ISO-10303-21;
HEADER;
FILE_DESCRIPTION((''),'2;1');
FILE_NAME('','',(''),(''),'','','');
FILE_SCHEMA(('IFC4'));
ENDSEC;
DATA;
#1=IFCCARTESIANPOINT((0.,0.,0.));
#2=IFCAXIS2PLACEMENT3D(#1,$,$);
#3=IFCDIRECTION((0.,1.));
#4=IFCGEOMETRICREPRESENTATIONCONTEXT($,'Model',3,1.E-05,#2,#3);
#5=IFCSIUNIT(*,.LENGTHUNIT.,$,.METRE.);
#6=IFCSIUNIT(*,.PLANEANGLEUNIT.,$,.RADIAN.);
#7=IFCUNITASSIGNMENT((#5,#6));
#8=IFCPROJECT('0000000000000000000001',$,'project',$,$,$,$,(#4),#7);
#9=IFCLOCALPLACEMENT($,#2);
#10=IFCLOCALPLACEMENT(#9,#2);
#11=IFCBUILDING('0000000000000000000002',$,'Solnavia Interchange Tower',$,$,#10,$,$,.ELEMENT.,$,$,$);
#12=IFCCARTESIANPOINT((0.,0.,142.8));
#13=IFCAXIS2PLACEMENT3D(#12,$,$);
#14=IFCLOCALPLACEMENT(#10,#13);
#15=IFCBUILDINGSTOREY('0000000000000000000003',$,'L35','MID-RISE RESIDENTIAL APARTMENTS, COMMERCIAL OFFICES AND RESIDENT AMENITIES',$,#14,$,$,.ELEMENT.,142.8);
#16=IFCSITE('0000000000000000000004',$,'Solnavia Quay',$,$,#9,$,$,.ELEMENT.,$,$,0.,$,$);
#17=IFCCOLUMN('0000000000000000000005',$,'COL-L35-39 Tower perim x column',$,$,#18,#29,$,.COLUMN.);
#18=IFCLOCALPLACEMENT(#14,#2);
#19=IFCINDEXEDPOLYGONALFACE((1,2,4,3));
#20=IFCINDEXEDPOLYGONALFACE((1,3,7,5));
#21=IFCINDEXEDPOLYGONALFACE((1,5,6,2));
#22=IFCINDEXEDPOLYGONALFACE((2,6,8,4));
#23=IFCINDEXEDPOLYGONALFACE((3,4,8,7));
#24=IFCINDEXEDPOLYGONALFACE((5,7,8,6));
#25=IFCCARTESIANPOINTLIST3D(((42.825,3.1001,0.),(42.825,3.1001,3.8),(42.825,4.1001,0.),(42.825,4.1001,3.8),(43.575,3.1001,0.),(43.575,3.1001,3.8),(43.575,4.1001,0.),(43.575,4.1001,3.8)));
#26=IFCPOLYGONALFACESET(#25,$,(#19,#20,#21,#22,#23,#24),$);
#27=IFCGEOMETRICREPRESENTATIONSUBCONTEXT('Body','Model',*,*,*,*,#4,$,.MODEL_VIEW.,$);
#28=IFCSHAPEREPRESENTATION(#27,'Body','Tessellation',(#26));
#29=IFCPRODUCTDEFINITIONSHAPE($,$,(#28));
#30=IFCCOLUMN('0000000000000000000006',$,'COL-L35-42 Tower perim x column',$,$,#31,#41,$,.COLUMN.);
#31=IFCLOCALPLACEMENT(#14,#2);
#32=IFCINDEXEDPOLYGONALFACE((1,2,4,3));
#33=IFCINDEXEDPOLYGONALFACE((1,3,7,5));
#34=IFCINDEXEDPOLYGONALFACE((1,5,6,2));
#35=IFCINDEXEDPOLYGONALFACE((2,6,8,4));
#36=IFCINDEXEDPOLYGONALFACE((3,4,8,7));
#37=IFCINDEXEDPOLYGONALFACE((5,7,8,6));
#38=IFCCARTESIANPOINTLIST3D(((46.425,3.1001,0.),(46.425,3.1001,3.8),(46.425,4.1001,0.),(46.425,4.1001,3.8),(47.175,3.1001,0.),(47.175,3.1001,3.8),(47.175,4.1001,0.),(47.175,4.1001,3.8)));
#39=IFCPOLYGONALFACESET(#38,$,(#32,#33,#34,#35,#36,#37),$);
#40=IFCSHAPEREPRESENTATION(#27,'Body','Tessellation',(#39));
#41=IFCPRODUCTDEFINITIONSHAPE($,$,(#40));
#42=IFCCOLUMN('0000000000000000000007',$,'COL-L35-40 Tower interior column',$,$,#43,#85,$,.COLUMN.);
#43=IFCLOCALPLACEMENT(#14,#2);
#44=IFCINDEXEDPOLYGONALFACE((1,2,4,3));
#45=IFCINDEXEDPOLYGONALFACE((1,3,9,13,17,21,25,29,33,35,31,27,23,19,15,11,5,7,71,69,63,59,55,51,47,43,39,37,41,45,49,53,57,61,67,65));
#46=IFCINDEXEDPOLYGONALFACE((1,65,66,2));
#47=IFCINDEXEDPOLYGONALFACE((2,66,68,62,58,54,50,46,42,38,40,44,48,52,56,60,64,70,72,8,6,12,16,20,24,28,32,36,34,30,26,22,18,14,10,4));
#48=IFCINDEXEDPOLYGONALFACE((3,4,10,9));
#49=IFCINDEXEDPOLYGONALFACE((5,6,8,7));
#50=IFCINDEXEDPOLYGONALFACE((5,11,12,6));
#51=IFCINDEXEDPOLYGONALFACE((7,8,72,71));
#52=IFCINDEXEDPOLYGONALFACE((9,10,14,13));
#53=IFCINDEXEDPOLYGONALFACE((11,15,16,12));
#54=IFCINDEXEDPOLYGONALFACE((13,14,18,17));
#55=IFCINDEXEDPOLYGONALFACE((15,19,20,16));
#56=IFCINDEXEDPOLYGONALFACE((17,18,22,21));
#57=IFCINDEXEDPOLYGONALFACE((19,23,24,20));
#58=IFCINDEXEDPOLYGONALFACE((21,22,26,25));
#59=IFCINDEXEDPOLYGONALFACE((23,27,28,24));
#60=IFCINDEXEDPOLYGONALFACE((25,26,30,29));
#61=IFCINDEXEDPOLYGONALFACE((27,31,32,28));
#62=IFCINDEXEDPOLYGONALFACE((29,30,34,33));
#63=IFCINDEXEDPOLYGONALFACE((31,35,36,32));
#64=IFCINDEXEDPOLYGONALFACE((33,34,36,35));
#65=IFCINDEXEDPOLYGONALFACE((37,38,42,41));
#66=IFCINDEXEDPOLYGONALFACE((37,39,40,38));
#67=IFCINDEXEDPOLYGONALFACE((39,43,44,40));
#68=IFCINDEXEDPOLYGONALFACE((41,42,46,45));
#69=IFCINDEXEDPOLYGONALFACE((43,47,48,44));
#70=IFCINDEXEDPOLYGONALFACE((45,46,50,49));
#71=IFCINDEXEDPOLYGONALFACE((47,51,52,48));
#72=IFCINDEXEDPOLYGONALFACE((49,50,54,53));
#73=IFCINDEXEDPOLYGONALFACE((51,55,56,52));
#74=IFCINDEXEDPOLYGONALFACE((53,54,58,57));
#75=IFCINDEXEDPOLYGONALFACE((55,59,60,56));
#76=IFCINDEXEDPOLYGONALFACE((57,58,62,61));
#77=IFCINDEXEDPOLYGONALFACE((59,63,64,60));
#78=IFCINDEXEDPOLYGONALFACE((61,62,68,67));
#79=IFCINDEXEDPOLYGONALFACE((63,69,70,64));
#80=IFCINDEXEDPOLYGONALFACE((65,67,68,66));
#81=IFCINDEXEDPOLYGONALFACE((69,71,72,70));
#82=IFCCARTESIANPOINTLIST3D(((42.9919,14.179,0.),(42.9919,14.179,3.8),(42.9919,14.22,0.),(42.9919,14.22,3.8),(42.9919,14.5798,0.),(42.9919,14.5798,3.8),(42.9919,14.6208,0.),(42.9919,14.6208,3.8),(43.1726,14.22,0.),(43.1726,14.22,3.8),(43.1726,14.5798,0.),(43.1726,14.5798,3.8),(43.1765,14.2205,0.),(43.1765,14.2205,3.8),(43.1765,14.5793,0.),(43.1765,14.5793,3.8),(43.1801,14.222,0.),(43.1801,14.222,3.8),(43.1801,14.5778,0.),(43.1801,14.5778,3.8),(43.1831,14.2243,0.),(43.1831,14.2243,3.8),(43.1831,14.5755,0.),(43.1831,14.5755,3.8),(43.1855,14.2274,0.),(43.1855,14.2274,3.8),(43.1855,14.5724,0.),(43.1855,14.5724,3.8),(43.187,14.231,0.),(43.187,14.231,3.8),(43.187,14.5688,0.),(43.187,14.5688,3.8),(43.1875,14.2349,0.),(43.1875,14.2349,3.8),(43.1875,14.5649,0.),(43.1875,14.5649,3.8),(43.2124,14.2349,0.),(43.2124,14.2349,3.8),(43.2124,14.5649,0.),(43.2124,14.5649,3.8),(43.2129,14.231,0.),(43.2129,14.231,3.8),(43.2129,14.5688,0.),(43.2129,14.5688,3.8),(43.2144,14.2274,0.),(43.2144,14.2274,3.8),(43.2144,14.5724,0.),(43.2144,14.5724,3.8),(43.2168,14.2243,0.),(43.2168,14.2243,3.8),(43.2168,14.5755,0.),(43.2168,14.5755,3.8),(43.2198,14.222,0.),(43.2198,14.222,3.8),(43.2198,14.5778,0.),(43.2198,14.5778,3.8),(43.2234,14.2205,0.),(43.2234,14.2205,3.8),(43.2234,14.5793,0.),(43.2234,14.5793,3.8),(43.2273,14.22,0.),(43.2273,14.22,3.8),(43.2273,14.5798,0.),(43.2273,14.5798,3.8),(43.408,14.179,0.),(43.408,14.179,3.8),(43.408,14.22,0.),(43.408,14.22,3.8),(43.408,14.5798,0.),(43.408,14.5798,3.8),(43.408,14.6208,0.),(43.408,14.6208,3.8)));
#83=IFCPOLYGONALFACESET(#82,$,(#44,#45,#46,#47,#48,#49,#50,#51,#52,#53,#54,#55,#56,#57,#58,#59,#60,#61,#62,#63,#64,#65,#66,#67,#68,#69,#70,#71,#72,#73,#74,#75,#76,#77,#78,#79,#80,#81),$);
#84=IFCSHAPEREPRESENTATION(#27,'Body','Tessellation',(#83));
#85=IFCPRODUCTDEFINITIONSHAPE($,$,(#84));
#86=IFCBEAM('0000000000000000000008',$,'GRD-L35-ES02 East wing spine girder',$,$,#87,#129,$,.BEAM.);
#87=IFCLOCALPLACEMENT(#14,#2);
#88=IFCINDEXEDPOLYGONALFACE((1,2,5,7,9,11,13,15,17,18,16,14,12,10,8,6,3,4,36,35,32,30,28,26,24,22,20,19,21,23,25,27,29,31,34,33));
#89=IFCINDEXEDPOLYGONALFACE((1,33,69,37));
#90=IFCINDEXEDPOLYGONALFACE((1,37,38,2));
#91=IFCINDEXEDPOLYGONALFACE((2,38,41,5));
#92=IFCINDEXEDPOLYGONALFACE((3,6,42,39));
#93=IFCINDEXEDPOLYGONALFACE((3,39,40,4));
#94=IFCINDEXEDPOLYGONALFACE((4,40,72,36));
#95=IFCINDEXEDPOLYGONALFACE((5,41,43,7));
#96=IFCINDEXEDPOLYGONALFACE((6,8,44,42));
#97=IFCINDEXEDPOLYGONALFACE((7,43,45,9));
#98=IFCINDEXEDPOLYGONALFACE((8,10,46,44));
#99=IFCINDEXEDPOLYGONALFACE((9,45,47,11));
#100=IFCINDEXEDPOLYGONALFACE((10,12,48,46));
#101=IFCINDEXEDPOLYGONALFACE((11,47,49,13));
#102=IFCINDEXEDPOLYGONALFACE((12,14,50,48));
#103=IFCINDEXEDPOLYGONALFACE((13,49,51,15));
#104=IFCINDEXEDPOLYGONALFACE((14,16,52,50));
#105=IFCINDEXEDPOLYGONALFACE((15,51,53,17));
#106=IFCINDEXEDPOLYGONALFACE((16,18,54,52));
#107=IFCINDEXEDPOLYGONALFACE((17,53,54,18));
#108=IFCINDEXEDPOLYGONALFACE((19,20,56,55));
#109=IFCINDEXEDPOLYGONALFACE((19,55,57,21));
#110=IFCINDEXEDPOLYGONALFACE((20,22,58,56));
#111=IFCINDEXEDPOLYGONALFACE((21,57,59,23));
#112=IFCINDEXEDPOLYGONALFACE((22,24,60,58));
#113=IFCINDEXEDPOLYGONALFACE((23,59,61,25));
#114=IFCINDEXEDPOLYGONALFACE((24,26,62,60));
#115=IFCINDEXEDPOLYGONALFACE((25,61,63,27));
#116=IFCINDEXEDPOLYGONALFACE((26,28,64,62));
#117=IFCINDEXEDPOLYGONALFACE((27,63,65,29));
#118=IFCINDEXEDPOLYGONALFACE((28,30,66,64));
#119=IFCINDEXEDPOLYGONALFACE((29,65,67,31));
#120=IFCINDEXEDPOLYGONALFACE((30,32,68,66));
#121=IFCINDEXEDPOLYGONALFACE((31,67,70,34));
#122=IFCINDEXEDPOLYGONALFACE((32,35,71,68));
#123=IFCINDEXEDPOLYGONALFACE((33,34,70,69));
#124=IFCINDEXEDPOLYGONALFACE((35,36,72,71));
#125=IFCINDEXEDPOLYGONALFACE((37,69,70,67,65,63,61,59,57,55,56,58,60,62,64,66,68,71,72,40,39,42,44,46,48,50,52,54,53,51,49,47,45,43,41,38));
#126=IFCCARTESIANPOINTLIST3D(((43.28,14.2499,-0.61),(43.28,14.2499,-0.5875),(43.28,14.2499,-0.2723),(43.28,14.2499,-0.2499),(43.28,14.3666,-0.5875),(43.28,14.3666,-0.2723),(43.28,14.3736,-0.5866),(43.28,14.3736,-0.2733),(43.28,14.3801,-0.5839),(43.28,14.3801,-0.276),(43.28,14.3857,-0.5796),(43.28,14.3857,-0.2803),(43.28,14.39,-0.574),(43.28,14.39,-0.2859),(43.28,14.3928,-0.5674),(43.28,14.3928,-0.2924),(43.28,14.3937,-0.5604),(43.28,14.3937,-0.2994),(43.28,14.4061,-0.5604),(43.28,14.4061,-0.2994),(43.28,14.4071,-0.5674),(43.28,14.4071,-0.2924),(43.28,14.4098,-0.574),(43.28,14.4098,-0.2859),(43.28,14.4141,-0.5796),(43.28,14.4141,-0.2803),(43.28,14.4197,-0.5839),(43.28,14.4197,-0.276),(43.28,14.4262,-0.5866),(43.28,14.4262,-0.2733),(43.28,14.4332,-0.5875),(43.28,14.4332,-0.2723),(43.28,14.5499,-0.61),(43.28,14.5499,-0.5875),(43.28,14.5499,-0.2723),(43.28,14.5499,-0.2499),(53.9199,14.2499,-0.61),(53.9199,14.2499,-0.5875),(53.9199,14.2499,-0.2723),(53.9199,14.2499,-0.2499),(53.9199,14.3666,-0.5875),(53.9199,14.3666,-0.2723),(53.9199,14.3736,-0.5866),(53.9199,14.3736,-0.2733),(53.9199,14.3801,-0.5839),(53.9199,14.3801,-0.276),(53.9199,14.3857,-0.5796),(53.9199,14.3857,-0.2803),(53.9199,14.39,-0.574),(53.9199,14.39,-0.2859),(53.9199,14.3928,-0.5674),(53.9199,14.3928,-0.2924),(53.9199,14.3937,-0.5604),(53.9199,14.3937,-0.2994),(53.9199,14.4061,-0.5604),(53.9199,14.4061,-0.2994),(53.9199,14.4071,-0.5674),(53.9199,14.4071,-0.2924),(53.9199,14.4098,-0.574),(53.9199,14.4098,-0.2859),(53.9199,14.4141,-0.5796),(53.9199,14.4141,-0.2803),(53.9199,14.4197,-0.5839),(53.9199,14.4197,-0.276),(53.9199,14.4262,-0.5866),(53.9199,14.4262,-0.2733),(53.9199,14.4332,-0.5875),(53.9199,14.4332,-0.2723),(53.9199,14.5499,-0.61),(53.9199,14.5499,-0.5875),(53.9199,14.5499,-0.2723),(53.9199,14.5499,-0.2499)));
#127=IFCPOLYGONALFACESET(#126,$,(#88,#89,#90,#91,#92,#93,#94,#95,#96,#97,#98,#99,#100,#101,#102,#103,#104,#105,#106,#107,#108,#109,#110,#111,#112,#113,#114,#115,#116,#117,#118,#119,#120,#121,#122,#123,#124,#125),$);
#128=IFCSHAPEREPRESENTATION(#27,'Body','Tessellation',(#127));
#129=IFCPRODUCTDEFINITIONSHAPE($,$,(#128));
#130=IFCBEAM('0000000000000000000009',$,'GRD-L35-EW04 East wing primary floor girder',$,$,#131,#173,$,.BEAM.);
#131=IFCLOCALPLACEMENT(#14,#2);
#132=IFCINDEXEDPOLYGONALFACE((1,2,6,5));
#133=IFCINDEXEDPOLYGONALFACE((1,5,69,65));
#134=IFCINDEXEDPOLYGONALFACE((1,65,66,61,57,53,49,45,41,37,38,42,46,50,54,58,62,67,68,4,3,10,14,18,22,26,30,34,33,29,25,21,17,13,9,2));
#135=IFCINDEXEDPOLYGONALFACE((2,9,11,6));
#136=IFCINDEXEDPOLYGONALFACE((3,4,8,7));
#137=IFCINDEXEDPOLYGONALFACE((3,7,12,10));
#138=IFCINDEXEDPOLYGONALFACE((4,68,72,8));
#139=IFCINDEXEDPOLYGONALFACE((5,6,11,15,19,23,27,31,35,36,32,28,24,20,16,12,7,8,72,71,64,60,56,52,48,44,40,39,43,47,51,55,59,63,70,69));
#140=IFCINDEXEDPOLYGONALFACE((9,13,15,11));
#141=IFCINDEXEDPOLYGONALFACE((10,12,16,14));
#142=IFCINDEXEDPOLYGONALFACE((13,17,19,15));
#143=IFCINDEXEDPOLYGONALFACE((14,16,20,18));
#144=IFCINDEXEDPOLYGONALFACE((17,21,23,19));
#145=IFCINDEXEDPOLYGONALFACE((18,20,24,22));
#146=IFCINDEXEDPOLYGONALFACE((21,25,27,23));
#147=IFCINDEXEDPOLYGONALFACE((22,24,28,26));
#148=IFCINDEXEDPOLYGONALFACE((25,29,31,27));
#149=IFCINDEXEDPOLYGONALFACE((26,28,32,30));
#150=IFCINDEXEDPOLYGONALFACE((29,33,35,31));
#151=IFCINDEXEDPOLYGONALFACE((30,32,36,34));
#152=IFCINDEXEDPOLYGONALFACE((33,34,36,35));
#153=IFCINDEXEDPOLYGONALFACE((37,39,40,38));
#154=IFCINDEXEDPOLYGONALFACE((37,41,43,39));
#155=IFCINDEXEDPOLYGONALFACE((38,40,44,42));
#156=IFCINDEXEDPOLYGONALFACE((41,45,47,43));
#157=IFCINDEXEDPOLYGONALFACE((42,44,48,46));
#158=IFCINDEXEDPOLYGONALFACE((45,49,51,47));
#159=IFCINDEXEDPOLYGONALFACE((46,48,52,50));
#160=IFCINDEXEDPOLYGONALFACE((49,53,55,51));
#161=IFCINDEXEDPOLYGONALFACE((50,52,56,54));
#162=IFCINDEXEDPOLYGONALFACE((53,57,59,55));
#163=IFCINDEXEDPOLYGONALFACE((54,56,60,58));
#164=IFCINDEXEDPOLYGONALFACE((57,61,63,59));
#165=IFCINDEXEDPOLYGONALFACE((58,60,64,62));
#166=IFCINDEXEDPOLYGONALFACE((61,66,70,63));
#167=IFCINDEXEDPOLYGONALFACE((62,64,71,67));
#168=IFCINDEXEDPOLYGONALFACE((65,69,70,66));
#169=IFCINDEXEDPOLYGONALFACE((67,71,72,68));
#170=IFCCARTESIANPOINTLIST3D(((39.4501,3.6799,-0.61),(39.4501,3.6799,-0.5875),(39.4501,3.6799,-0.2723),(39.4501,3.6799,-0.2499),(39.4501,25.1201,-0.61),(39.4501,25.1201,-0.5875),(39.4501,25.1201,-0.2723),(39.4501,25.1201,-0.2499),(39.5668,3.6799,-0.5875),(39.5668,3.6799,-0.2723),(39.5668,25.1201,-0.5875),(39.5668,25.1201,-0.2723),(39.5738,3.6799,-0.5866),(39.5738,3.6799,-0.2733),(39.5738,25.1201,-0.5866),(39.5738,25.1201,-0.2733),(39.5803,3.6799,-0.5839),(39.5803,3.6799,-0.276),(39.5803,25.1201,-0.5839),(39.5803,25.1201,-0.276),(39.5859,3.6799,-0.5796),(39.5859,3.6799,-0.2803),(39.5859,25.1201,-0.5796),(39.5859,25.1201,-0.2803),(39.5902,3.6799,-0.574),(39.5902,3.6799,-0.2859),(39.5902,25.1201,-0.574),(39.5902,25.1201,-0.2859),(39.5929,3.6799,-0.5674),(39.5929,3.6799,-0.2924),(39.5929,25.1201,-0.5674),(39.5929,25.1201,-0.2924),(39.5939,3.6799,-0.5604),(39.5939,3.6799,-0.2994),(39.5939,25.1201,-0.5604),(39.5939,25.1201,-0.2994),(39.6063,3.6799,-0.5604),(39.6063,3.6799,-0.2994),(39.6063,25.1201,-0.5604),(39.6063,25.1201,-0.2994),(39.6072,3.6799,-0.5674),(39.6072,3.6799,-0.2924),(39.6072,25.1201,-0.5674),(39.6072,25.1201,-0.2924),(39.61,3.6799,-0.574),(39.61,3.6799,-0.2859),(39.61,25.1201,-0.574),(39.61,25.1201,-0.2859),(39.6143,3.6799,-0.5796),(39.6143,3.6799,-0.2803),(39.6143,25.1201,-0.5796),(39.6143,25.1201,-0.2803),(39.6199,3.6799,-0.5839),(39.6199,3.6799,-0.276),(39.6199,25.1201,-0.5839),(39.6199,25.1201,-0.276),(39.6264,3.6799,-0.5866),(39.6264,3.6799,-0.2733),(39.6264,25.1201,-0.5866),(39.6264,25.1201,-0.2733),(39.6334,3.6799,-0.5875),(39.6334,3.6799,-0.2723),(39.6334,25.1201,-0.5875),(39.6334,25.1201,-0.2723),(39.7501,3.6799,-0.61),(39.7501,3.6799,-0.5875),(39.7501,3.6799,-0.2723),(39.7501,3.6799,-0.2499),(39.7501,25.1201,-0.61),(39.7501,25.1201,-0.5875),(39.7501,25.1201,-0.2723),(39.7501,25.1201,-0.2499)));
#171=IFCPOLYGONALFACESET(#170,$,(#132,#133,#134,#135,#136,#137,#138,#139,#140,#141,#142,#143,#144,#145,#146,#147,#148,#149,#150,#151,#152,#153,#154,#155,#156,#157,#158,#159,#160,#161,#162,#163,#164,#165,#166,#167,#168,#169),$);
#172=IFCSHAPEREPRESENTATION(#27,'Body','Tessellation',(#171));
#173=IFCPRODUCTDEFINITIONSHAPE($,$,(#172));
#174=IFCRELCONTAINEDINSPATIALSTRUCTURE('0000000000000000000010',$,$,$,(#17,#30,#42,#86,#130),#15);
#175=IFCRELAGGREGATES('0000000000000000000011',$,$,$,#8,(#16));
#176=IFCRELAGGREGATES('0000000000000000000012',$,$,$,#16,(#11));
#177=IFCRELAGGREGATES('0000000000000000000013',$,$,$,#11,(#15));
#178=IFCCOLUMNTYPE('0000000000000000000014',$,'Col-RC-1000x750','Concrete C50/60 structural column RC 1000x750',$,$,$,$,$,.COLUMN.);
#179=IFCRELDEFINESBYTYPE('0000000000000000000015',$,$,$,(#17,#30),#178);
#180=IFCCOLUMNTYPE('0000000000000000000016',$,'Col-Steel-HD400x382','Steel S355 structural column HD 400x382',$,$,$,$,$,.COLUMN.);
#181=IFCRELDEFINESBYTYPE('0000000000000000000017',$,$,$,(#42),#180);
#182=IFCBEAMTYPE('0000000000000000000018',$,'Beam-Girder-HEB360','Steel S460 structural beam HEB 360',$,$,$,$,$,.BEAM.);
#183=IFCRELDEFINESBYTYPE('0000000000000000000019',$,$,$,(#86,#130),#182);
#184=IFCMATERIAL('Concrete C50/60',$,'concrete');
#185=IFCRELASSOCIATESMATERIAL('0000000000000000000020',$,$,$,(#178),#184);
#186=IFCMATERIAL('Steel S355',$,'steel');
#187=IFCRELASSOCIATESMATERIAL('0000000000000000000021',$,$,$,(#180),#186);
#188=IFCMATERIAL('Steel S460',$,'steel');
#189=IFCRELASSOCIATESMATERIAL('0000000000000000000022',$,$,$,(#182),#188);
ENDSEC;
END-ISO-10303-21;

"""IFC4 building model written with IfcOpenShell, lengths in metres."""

from ifc_helpers import new_model, si_unit, direction, frame, origin, origin_2d, place, context, subcontext, project, spatial, rectangle, i_section, extrude, material, material_profile, profile_set, type_object, element, save


model = new_model("IFC4")

# Units and contexts
model_context = context("Model", 3, precision=1e-05, world=origin(), true_north=direction((0.0, 1.0)))
body_context = subcontext(model_context, "Body", "Model", "MODEL_VIEW")
ifc_project = project(units=[si_unit("LENGTHUNIT", "METRE"), si_unit("PLANEANGLEUNIT", "RADIAN")], contexts=[model_context])

# Site, building, storey
site_placement = place(None, origin())
site = spatial("IfcSite", under=ifc_project, at=site_placement, Name="Solnavia Quay", CompositionType="ELEMENT", RefElevation=0.0)
building_placement = place(site_placement, origin())
building = spatial("IfcBuilding", under=site, at=building_placement, Name="Solnavia Interchange Tower", CompositionType="ELEMENT")
storey_placement = place(building_placement, frame((0.0, 0.0, 142.8)))
storey = spatial("IfcBuildingStorey", under=building, at=storey_placement, Name="L35", Description="MID-RISE RESIDENTIAL APARTMENTS, COMMERCIAL OFFICES AND RESIDENT AMENITIES", CompositionType="ELEMENT", Elevation=142.8)

# Columns
ifc_material_1 = material(Name="Concrete C50/60", Category="concrete")
ifc_material_profile_1 = material_profile(ifc_material_1, rectangle(XDim=0.75, YDim=1.0, at=origin_2d()), Name="RC 1000x750")
ifc_profile_set_1 = profile_set([ifc_material_profile_1], Name="Concrete C50/60")
column_type_1 = type_object("IfcColumnType", Name="Col-RC-1000x750", Description="Concrete C50/60 structural column RC 1000x750", PredefinedType="COLUMN", material=ifc_profile_set_1)
for number, where, z_axis, x_axis, name in (
    (1, (43.2, 3.6001, 0.0), (0.0, 0.0, 1.0), (1.0, 0.0, 0.0), "COL-L35-39 Tower perim x column"),
    (2, (46.8, 3.6001, 0.0), (0.0, 0.0, 1.0), (1.0, 0.0, 0.0), "COL-L35-42 Tower perim x column"),
):
    element("IfcColumn", number, at=place(storey_placement, frame(where, z_axis=z_axis, x_axis=x_axis)), inside=storey, type_object=column_type_1, Name=name, PredefinedType="COLUMN", context=body_context, shape_type="SweptSolid", body=[
        extrude(rectangle(XDim=0.75, YDim=1.0, at=origin_2d()), origin(), (0.0, 0.0, 1.0), 3.8),
    ])
ifc_material_2 = material(Name="Steel S355", Category="steel")
ifc_material_profile_2 = material_profile(ifc_material_2, i_section(OverallWidth=0.416, OverallDepth=0.4419, WebThickness=0.0249, FlangeThickness=0.041, FilletRadius=0.0149, at=origin_2d()), Name="HD 400x382")
ifc_profile_set_2 = profile_set([ifc_material_profile_2], Name="Steel S355")
column_type_2 = type_object("IfcColumnType", Name="Col-Steel-HD400x382", Description="Steel S355 structural column HD 400x382", PredefinedType="COLUMN", material=ifc_profile_set_2)
column_placement = place(storey_placement, frame((43.2, 14.3999, 0.0), z_axis=(0.0, 0.0, 1.0), x_axis=(1.0, 0.0, 0.0)))
element("IfcColumn", 3, at=column_placement, inside=storey, type_object=column_type_2, Name="COL-L35-40 Tower interior column", PredefinedType="COLUMN", context=body_context, shape_type="SweptSolid", body=[
    extrude(i_section(OverallWidth=0.416, OverallDepth=0.4419, WebThickness=0.0249, FlangeThickness=0.041, FilletRadius=0.0149, at=origin_2d()), origin(), (0.0, 0.0, 1.0), 3.8),
])

# Beams
ifc_material_3 = material(Name="Steel S460", Category="steel")
ifc_material_profile_3 = material_profile(ifc_material_3, i_section(OverallWidth=0.3, OverallDepth=0.3601, WebThickness=0.0125, FlangeThickness=0.0225, FilletRadius=0.0271, at=origin_2d()), Name="HEB 360")
ifc_profile_set_3 = profile_set([ifc_material_profile_3], Name="Steel S460")
beam_type_1 = type_object("IfcBeamType", Name="Beam-Girder-HEB360", Description="Steel S460 structural beam HEB 360", PredefinedType="BEAM", material=ifc_profile_set_3)
beam_1_placement = place(storey_placement, frame((43.28, 14.3999, -0.4299), z_axis=(1.0, 0.0, 0.0), x_axis=(0.0, 1.0, 0.0)))
element("IfcBeam", 4, at=beam_1_placement, inside=storey, type_object=beam_type_1, Name="GRD-L35-ES02 East wing spine girder", PredefinedType="BEAM", context=body_context, shape_type="SweptSolid", body=[
    extrude(i_section(OverallWidth=0.3, OverallDepth=0.3601, WebThickness=0.0125, FlangeThickness=0.0225, FilletRadius=0.0271, at=origin_2d()), origin(), (0.0, 0.0, 1.0), 10.6399),
])
for number, where, z_axis, x_axis, name in (
    (5, (39.6001, 3.6799, -0.4299), (0.0, 1.0, 0.0), (-1.0, 0.0, 0.0), "GRD-L35-EW04 East wing primary floor girder"),
):
    element("IfcBeam", number, at=place(storey_placement, frame(where, z_axis=z_axis, x_axis=x_axis)), inside=storey, type_object=beam_type_1, Name=name, PredefinedType="BEAM", context=body_context, shape_type="SweptSolid", body=[
        extrude(i_section(OverallWidth=0.3, OverallDepth=0.3601, WebThickness=0.0125, FlangeThickness=0.0225, FilletRadius=0.0271, at=origin_2d()), origin(), (0.0, 0.0, 1.0), 21.4402),
    ])

save(model, "model.ifc")
